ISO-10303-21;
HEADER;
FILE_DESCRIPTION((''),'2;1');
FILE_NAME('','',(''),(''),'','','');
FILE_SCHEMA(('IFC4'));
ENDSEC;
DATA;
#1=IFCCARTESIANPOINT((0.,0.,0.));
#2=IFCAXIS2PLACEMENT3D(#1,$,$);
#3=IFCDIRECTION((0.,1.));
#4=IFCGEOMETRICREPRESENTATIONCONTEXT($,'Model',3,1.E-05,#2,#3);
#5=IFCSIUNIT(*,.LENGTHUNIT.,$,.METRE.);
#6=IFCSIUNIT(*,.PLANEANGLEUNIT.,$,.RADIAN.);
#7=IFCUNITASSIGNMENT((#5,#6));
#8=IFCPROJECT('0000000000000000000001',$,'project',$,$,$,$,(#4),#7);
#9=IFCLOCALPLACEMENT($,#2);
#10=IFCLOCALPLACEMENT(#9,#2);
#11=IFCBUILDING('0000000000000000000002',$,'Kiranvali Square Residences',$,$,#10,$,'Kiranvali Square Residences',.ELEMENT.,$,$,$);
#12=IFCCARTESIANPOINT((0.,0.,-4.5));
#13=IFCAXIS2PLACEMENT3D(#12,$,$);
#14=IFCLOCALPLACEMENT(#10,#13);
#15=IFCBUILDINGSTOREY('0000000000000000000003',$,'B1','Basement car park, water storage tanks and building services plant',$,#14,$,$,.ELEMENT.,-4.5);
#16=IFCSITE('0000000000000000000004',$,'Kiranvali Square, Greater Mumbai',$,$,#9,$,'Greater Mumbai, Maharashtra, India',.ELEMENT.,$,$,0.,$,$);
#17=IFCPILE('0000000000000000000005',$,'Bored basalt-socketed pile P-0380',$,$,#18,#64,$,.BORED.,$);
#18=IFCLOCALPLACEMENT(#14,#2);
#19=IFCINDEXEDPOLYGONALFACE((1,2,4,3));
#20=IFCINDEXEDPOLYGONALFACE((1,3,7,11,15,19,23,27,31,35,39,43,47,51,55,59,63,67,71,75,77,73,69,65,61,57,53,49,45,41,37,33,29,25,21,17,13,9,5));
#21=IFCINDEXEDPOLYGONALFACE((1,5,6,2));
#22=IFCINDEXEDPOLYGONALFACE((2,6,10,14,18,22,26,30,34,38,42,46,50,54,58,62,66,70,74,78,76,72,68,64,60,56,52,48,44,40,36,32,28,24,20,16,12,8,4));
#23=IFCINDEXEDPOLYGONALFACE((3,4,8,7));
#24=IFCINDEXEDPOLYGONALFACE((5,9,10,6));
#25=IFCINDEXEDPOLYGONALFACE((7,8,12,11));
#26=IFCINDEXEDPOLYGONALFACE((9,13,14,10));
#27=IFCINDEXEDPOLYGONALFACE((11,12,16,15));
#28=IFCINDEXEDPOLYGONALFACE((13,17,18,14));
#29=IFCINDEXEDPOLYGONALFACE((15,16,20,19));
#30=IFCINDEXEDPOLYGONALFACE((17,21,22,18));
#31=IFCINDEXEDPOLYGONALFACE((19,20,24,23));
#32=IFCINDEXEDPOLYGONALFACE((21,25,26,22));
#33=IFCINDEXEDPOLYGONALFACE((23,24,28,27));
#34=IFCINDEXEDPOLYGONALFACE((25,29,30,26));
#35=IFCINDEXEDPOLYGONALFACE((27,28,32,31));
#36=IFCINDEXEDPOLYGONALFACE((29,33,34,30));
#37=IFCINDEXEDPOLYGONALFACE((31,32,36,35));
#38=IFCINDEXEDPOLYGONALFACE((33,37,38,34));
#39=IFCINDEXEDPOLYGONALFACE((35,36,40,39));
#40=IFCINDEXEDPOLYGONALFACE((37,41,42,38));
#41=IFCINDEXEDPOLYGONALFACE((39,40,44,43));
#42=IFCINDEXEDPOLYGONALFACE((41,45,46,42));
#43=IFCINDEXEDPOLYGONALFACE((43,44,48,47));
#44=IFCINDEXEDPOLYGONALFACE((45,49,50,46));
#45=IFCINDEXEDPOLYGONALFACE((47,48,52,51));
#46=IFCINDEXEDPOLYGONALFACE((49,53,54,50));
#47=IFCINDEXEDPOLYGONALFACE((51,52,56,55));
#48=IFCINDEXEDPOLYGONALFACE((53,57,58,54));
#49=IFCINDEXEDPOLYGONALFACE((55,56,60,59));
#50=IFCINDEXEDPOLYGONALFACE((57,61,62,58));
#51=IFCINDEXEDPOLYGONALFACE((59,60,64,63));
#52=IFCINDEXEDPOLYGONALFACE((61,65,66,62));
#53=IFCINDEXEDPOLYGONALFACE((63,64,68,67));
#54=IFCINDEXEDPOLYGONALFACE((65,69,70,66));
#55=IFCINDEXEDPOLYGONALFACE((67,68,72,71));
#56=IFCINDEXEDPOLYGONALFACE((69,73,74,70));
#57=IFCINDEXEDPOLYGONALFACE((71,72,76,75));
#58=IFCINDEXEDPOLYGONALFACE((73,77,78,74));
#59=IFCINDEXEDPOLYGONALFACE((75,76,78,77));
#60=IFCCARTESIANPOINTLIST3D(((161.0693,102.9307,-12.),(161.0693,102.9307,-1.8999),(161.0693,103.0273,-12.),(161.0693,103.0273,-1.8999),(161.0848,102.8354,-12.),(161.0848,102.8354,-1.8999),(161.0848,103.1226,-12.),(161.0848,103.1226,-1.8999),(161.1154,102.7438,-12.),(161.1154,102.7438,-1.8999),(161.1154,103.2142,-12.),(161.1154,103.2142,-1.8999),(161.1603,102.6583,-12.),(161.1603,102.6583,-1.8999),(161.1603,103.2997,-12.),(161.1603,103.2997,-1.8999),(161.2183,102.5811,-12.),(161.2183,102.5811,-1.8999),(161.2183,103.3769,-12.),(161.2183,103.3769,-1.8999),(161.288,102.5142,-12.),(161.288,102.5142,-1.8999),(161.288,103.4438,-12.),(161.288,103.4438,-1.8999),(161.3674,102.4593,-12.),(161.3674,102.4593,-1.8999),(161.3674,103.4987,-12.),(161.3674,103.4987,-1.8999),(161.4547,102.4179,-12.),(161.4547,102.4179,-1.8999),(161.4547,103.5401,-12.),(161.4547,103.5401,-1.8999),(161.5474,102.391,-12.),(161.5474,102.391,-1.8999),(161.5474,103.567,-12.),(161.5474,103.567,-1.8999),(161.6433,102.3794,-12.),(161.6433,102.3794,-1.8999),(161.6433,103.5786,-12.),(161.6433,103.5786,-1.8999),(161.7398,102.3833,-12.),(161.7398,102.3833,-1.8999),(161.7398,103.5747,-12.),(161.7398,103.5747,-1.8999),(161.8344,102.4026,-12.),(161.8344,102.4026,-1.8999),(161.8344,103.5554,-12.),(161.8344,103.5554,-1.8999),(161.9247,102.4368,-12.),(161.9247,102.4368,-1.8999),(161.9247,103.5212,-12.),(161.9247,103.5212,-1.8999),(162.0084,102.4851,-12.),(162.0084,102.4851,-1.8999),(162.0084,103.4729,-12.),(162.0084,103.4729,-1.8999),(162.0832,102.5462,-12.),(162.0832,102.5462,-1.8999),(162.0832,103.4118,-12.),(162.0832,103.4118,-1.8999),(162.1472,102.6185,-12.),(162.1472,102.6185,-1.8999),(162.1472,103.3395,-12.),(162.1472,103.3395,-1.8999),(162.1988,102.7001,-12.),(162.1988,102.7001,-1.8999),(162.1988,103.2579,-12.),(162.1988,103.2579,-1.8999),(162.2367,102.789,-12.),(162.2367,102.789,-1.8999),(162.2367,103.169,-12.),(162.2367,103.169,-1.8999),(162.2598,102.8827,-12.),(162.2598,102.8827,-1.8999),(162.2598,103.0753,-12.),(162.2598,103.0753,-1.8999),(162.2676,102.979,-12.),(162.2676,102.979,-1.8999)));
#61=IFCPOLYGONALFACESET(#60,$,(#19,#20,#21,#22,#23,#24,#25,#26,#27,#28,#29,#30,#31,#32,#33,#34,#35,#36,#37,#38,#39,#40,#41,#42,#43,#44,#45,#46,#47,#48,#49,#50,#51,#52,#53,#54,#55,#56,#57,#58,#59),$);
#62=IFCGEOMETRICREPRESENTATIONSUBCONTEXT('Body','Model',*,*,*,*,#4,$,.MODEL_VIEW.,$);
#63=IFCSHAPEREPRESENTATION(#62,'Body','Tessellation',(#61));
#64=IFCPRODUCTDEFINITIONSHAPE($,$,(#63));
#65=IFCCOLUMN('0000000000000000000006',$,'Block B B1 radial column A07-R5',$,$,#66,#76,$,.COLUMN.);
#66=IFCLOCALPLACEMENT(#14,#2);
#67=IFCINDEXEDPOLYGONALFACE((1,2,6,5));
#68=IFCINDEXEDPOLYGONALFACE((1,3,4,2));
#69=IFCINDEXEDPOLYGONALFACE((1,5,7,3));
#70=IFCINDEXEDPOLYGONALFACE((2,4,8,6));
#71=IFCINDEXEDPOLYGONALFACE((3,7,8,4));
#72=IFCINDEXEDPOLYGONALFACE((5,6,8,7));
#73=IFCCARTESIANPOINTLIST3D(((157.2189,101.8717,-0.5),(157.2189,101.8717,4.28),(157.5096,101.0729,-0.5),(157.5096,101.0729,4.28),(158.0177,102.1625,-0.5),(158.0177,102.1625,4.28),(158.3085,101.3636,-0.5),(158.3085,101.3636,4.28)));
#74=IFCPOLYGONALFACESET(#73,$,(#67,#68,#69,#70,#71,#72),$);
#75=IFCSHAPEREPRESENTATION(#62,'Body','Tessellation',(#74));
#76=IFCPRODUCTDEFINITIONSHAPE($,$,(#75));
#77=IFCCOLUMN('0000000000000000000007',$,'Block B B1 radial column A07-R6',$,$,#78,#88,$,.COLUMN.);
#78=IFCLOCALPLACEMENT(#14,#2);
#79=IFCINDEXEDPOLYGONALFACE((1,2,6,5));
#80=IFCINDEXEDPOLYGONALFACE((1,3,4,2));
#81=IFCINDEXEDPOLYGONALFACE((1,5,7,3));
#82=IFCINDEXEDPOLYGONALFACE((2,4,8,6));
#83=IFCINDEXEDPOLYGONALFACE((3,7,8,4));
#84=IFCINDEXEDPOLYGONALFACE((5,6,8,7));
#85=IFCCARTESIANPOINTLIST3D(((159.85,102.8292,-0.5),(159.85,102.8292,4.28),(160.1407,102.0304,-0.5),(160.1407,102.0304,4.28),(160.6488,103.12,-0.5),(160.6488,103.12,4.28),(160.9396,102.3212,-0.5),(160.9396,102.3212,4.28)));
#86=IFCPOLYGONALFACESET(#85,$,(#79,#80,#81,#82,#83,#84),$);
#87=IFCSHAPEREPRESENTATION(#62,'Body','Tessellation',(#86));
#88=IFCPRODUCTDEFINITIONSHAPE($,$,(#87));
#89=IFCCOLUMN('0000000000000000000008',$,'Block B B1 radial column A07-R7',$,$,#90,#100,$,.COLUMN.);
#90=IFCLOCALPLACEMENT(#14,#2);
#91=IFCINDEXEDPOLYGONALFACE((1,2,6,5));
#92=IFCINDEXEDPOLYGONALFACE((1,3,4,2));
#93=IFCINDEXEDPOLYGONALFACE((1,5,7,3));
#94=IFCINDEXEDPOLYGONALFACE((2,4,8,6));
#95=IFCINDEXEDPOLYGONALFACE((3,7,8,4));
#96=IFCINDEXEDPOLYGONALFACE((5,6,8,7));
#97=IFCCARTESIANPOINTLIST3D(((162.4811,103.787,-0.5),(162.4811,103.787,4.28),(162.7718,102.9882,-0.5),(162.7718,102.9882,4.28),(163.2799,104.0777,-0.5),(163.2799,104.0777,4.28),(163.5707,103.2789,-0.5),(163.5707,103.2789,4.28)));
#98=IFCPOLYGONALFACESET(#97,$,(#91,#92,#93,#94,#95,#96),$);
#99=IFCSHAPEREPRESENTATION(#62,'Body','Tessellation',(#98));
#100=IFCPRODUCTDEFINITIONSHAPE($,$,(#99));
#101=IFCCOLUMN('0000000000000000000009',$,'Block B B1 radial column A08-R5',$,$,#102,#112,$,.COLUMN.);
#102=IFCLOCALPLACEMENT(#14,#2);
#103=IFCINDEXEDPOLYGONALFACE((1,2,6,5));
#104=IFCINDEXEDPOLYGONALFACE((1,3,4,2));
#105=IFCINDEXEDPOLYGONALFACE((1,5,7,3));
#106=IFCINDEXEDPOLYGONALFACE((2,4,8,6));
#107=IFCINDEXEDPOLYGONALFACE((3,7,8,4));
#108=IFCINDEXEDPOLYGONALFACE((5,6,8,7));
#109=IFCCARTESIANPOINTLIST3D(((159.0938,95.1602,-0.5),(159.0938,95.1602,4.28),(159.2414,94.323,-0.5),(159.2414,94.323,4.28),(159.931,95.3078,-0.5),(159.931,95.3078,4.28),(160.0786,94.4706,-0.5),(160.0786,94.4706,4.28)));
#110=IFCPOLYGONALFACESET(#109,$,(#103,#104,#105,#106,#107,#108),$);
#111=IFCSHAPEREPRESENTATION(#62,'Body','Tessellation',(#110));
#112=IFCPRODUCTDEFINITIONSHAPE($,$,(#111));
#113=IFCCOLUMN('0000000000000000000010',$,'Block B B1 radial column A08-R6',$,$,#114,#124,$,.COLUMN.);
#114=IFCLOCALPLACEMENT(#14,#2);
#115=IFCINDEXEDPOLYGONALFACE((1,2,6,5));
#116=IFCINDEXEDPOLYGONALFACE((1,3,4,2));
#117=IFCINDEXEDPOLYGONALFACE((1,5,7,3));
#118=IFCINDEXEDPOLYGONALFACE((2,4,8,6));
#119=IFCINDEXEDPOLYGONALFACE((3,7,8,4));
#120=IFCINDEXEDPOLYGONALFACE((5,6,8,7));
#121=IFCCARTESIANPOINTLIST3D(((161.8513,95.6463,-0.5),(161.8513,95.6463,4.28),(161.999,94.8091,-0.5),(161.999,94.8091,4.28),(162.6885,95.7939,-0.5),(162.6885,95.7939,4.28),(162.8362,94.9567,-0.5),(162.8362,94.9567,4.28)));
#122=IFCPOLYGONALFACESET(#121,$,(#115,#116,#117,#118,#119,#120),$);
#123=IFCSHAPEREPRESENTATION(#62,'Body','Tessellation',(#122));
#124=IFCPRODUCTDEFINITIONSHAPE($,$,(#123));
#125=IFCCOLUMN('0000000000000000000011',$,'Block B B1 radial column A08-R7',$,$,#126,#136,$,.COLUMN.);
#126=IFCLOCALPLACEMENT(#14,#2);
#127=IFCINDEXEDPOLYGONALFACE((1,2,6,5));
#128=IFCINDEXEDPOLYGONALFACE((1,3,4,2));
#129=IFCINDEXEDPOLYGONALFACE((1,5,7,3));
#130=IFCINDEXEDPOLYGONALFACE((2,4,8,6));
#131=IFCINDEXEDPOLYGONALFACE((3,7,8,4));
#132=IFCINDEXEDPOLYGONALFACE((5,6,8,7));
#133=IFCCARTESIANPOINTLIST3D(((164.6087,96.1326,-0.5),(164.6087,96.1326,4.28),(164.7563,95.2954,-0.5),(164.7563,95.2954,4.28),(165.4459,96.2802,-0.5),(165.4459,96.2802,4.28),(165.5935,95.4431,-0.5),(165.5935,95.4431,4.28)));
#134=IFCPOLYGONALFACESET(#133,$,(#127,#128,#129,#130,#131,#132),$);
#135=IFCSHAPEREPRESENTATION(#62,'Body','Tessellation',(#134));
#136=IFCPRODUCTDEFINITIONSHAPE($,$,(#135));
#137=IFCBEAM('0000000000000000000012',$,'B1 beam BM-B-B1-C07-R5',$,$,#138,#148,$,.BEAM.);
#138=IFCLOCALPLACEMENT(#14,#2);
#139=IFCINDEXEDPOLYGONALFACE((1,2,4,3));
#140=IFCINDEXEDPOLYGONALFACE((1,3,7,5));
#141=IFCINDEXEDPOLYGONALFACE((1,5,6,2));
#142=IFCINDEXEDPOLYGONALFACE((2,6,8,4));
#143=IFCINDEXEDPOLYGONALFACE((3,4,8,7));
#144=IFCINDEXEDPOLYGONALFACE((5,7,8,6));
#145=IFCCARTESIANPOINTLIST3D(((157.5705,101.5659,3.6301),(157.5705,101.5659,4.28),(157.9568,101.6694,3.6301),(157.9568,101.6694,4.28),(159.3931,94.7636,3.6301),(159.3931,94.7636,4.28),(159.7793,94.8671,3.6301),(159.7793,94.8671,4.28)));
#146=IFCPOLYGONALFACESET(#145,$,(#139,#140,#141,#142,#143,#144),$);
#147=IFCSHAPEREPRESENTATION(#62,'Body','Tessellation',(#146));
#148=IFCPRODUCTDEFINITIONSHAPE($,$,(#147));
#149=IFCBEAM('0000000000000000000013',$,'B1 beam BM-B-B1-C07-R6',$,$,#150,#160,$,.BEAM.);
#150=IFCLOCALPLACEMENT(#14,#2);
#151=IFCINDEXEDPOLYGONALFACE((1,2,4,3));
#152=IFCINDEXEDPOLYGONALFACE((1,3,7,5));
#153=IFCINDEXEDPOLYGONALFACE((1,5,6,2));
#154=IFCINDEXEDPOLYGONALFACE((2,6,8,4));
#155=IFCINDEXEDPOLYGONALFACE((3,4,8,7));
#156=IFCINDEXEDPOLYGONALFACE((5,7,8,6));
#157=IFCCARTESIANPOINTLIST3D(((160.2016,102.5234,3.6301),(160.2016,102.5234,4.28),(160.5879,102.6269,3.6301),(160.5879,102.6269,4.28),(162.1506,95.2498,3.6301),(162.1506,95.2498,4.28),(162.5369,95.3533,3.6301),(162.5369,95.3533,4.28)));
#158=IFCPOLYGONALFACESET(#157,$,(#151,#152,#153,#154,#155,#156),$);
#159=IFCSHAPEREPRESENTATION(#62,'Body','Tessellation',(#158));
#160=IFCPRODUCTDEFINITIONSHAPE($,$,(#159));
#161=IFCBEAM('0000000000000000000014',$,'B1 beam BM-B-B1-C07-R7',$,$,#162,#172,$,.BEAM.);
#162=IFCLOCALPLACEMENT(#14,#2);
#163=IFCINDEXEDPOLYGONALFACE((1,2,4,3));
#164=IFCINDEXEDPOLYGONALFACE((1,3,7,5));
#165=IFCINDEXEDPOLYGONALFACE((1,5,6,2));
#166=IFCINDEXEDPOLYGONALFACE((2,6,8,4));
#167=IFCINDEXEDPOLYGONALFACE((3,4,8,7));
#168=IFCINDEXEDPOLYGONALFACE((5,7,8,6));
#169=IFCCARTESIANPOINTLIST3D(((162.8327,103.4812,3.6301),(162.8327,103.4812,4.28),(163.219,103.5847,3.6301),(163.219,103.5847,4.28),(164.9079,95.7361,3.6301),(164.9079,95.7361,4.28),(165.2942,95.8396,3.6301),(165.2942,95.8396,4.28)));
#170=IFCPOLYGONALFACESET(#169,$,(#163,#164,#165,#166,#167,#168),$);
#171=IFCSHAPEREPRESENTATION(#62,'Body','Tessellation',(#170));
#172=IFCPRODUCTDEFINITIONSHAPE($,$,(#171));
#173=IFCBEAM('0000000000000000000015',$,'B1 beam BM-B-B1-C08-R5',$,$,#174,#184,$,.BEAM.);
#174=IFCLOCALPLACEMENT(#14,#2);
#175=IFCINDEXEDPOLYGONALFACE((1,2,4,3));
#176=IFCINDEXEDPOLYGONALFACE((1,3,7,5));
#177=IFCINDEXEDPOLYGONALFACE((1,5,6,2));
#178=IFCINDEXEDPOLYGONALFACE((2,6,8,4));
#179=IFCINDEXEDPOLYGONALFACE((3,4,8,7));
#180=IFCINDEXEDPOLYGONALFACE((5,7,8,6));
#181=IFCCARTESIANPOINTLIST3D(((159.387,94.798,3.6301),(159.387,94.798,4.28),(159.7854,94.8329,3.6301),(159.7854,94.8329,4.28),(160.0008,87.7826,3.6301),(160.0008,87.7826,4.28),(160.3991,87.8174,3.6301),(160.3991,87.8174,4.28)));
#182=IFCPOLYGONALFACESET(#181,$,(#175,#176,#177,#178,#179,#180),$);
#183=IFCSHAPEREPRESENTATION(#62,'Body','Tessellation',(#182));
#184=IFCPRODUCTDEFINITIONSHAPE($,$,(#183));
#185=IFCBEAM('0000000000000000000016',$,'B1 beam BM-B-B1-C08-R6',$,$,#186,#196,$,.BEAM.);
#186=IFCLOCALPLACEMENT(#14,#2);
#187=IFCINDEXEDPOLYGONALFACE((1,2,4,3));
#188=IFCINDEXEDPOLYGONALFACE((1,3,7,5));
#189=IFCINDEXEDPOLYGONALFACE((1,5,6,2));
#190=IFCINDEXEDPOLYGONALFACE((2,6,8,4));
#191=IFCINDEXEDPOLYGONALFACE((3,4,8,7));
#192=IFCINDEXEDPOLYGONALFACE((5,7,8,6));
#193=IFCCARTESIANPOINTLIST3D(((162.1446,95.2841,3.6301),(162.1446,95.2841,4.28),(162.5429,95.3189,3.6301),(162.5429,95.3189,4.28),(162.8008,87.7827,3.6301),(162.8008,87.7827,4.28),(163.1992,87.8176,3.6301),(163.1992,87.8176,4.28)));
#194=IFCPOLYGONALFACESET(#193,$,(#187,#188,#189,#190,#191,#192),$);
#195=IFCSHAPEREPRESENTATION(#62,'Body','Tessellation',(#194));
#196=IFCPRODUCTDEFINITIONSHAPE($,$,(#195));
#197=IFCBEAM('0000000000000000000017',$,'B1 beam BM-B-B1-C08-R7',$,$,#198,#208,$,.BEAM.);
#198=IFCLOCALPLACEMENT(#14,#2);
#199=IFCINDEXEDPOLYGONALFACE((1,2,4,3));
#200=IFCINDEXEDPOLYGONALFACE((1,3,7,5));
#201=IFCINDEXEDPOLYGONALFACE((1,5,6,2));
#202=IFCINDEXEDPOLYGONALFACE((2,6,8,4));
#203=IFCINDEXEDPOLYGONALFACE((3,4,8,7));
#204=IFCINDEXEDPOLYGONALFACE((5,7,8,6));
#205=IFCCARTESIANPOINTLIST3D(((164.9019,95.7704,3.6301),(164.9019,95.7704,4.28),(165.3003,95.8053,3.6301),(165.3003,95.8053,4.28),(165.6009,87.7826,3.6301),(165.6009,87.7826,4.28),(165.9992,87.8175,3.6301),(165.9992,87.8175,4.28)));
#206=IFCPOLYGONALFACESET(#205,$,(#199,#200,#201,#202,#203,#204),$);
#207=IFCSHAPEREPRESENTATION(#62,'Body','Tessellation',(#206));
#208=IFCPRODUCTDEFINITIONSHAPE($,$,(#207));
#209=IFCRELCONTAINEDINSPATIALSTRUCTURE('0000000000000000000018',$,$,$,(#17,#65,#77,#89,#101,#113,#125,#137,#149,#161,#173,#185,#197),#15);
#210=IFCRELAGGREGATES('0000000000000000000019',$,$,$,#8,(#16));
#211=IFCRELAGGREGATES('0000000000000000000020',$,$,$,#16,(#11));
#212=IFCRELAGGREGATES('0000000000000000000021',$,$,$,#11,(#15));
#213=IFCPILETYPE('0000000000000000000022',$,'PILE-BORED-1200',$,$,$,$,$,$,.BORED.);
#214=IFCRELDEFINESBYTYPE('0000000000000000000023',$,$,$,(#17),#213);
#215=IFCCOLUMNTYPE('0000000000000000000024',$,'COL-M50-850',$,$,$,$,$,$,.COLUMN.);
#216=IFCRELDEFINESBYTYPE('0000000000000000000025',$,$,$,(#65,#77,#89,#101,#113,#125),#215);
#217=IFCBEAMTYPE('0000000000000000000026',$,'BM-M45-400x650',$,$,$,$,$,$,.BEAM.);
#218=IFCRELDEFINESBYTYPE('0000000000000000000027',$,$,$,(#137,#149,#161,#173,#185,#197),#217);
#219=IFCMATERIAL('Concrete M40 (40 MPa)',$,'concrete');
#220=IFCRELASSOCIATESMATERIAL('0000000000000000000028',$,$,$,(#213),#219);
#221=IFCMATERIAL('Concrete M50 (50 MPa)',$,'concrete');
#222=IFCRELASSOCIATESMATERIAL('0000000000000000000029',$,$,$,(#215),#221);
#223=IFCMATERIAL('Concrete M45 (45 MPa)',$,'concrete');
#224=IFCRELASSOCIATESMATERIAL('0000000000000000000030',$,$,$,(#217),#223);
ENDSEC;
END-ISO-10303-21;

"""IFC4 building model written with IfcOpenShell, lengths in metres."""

from ifc_helpers import new_model, si_unit, direction, frame, origin, origin_2d, place, context, subcontext, project, spatial, rectangle, circle, extrude, material, material_profile, profile_set, type_object, element, save


model = new_model("IFC4")

# Units and contexts
model_context = context("Model", 3, precision=1e-05, world=origin(), true_north=direction((0.0, 1.0)))
body_context = subcontext(model_context, "Body", "Model", "MODEL_VIEW")
ifc_project = project(units=[si_unit("LENGTHUNIT", "METRE"), si_unit("PLANEANGLEUNIT", "RADIAN")], contexts=[model_context])

# Site, building, storey
site_placement = place(None, origin())
site = spatial("IfcSite", under=ifc_project, at=site_placement, Name="Kiranvali Square, Greater Mumbai", LongName="Greater Mumbai, Maharashtra, India", CompositionType="ELEMENT", RefElevation=0.0)
building_placement = place(site_placement, origin())
building = spatial("IfcBuilding", under=site, at=building_placement, Name="Kiranvali Square Residences", LongName="Kiranvali Square Residences", CompositionType="ELEMENT")
storey_placement = place(building_placement, frame((0.0, 0.0, -4.5)))
storey = spatial("IfcBuildingStorey", under=building, at=storey_placement, Name="B1", Description="Basement car park, water storage tanks and building services plant", CompositionType="ELEMENT", Elevation=-4.5)

# Shared definitions
ifc_material_1 = material(Name="Concrete M40 (40 MPa)", Category="concrete")

# Pile
ifc_material_profile_1 = material_profile(ifc_material_1, circle(Radius=0.6001, at=origin_2d()), Name="BORED PILE 1200")
ifc_profile_set_1 = profile_set([ifc_material_profile_1], Name="Concrete M40 (40 MPa)")
pile_type = type_object("IfcPileType", Name="PILE-BORED-1200", PredefinedType="BORED", material=ifc_profile_set_1)
pile_1_placement = place(storey_placement, frame((161.6675, 102.979, -1.8999), z_axis=(0.0, 0.0, -1.0), x_axis=(1.0, 0.0, 0.0)))
element("IfcPile", 1, at=pile_1_placement, inside=storey, type_object=pile_type, Name="Bored basalt-socketed pile P-0380", PredefinedType="BORED", context=body_context, shape_type="SweptSolid", body=[
    extrude(circle(Radius=0.6001, at=origin_2d()), origin(), (0.0, 0.0, 1.0), 10.1001),
])

# Columns
ifc_material_2 = material(Name="Concrete M50 (50 MPa)", Category="concrete")
ifc_material_profile_2 = material_profile(ifc_material_2, rectangle(XDim=0.8501, YDim=0.8501, at=origin_2d()), Name="RC 850x850")
ifc_profile_set_2 = profile_set([ifc_material_profile_2], Name="Concrete M50 (50 MPa)")
column_type = type_object("IfcColumnType", Name="COL-M50-850", PredefinedType="COLUMN", material=ifc_profile_set_2)
for number, where, z_axis, x_axis, name in (
    (2, (157.7637, 101.6177, -0.5), (0.0, 0.0, 1.0), (-0.34202, 0.939693, 0.0), "Block B B1 radial column A07-R5"),
    (3, (160.3948, 102.5752, -0.5), (0.0, 0.0, 1.0), (-0.34202, 0.939693, 0.0), "Block B B1 radial column A07-R6"),
    (4, (163.0259, 103.533, -0.5), (0.0, 0.0, 1.0), (-0.34202, 0.939693, 0.0), "Block B B1 radial column A07-R7"),
    (5, (159.5862, 94.8154, -0.5), (0.0, 0.0, 1.0), (-0.173648, 0.984808, 0.0), "Block B B1 radial column A08-R5"),
    (6, (162.3438, 95.3015, -0.5), (0.0, 0.0, 1.0), (-0.173648, 0.984808, 0.0), "Block B B1 radial column A08-R6"),
    (7, (165.1011, 95.7878, -0.5), (0.0, 0.0, 1.0), (-0.173648, 0.984808, 0.0), "Block B B1 radial column A08-R7"),
):
    element("IfcColumn", number, at=place(storey_placement, frame(where, z_axis=z_axis, x_axis=x_axis)), inside=storey, type_object=column_type, Name=name, PredefinedType="COLUMN", context=body_context, shape_type="SweptSolid", body=[
        extrude(rectangle(XDim=0.8501, YDim=0.8501, at=origin_2d()), origin(), (0.0, 0.0, 1.0), 4.78),
    ])

# Beams
ifc_material_3 = material(Name="Concrete M45 (45 MPa)", Category="concrete")
ifc_material_profile_3 = material_profile(ifc_material_3, rectangle(XDim=0.3999, YDim=0.6499, at=origin_2d()), Name="RC 400x650")
ifc_profile_set_3 = profile_set([ifc_material_profile_3], Name="Concrete M45 (45 MPa)")
beam_type = type_object("IfcBeamType", Name="BM-M45-400x650", PredefinedType="BEAM", material=ifc_profile_set_3)
beam_1_placement = place(storey_placement, frame((157.7637, 101.6177, 3.9551), z_axis=(0.2588, -0.965931, 0.0), x_axis=(0.965931, 0.2588, 0.0)))
element("IfcBeam", 8, at=beam_1_placement, inside=storey, type_object=beam_type, Name="B1 beam BM-B-B1-C07-R5", PredefinedType="BEAM", context=body_context, shape_type="SweptSolid", body=[
    extrude(rectangle(XDim=0.3999, YDim=0.6499, at=origin_2d()), origin(), (0.0, 0.0, 1.0), 7.0422),
])
beam_2_placement = place(storey_placement, frame((160.3948, 102.5752, 3.9551), z_axis=(0.258819, -0.965926, 0.0), x_axis=(0.965926, 0.258819, 0.0)))
element("IfcBeam", 9, at=beam_2_placement, inside=storey, type_object=beam_type, Name="B1 beam BM-B-B1-C07-R6", PredefinedType="BEAM", context=body_context, shape_type="SweptSolid", body=[
    extrude(rectangle(XDim=0.3999, YDim=0.6499, at=origin_2d()), origin(), (0.0, 0.0, 1.0), 7.5303),
])
beam_3_placement = place(storey_placement, frame((163.0259, 103.533, 3.9551), z_axis=(0.258807, -0.965929, 0.0), x_axis=(0.965929, 0.258807, 0.0)))
element("IfcBeam", 10, at=beam_3_placement, inside=storey, type_object=beam_type, Name="B1 beam BM-B-B1-C07-R7", PredefinedType="BEAM", context=body_context, shape_type="SweptSolid", body=[
    extrude(rectangle(XDim=0.3999, YDim=0.6499, at=origin_2d()), origin(), (0.0, 0.0, 1.0), 8.0183),
])
beam_4_placement = place(storey_placement, frame((159.5862, 94.8154, 3.9551), z_axis=(0.087156, -0.996195, 0.0), x_axis=(0.996195, 0.087156, 0.0)))
element("IfcBeam", 11, at=beam_4_placement, inside=storey, type_object=beam_type, Name="B1 beam BM-B-B1-C08-R5", PredefinedType="BEAM", context=body_context, shape_type="SweptSolid", body=[
    extrude(rectangle(XDim=0.3999, YDim=0.6499, at=origin_2d()), origin(), (0.0, 0.0, 1.0), 7.0422),
])
beam_5_placement = place(storey_placement, frame((162.3438, 95.3015, 3.9551), z_axis=(0.08715, -0.996195, 0.0), x_axis=(0.996195, 0.08715, 0.0)))
element("IfcBeam", 12, at=beam_5_placement, inside=storey, type_object=beam_type, Name="B1 beam BM-B-B1-C08-R6", PredefinedType="BEAM", context=body_context, shape_type="SweptSolid", body=[
    extrude(rectangle(XDim=0.3999, YDim=0.6499, at=origin_2d()), origin(), (0.0, 0.0, 1.0), 7.53),
])
beam_6_placement = place(storey_placement, frame((165.1011, 95.7878, 3.9551), z_axis=(0.087172, -0.996193, 0.0), x_axis=(0.996193, 0.087172, 0.0)))
element("IfcBeam", 13, at=beam_6_placement, inside=storey, type_object=beam_type, Name="B1 beam BM-B-B1-C08-R7", PredefinedType="BEAM", context=body_context, shape_type="SweptSolid", body=[
    extrude(rectangle(XDim=0.3999, YDim=0.6499, at=origin_2d()), origin(), (0.0, 0.0, 1.0), 8.0183),
])

save(model, "model.ifc")
